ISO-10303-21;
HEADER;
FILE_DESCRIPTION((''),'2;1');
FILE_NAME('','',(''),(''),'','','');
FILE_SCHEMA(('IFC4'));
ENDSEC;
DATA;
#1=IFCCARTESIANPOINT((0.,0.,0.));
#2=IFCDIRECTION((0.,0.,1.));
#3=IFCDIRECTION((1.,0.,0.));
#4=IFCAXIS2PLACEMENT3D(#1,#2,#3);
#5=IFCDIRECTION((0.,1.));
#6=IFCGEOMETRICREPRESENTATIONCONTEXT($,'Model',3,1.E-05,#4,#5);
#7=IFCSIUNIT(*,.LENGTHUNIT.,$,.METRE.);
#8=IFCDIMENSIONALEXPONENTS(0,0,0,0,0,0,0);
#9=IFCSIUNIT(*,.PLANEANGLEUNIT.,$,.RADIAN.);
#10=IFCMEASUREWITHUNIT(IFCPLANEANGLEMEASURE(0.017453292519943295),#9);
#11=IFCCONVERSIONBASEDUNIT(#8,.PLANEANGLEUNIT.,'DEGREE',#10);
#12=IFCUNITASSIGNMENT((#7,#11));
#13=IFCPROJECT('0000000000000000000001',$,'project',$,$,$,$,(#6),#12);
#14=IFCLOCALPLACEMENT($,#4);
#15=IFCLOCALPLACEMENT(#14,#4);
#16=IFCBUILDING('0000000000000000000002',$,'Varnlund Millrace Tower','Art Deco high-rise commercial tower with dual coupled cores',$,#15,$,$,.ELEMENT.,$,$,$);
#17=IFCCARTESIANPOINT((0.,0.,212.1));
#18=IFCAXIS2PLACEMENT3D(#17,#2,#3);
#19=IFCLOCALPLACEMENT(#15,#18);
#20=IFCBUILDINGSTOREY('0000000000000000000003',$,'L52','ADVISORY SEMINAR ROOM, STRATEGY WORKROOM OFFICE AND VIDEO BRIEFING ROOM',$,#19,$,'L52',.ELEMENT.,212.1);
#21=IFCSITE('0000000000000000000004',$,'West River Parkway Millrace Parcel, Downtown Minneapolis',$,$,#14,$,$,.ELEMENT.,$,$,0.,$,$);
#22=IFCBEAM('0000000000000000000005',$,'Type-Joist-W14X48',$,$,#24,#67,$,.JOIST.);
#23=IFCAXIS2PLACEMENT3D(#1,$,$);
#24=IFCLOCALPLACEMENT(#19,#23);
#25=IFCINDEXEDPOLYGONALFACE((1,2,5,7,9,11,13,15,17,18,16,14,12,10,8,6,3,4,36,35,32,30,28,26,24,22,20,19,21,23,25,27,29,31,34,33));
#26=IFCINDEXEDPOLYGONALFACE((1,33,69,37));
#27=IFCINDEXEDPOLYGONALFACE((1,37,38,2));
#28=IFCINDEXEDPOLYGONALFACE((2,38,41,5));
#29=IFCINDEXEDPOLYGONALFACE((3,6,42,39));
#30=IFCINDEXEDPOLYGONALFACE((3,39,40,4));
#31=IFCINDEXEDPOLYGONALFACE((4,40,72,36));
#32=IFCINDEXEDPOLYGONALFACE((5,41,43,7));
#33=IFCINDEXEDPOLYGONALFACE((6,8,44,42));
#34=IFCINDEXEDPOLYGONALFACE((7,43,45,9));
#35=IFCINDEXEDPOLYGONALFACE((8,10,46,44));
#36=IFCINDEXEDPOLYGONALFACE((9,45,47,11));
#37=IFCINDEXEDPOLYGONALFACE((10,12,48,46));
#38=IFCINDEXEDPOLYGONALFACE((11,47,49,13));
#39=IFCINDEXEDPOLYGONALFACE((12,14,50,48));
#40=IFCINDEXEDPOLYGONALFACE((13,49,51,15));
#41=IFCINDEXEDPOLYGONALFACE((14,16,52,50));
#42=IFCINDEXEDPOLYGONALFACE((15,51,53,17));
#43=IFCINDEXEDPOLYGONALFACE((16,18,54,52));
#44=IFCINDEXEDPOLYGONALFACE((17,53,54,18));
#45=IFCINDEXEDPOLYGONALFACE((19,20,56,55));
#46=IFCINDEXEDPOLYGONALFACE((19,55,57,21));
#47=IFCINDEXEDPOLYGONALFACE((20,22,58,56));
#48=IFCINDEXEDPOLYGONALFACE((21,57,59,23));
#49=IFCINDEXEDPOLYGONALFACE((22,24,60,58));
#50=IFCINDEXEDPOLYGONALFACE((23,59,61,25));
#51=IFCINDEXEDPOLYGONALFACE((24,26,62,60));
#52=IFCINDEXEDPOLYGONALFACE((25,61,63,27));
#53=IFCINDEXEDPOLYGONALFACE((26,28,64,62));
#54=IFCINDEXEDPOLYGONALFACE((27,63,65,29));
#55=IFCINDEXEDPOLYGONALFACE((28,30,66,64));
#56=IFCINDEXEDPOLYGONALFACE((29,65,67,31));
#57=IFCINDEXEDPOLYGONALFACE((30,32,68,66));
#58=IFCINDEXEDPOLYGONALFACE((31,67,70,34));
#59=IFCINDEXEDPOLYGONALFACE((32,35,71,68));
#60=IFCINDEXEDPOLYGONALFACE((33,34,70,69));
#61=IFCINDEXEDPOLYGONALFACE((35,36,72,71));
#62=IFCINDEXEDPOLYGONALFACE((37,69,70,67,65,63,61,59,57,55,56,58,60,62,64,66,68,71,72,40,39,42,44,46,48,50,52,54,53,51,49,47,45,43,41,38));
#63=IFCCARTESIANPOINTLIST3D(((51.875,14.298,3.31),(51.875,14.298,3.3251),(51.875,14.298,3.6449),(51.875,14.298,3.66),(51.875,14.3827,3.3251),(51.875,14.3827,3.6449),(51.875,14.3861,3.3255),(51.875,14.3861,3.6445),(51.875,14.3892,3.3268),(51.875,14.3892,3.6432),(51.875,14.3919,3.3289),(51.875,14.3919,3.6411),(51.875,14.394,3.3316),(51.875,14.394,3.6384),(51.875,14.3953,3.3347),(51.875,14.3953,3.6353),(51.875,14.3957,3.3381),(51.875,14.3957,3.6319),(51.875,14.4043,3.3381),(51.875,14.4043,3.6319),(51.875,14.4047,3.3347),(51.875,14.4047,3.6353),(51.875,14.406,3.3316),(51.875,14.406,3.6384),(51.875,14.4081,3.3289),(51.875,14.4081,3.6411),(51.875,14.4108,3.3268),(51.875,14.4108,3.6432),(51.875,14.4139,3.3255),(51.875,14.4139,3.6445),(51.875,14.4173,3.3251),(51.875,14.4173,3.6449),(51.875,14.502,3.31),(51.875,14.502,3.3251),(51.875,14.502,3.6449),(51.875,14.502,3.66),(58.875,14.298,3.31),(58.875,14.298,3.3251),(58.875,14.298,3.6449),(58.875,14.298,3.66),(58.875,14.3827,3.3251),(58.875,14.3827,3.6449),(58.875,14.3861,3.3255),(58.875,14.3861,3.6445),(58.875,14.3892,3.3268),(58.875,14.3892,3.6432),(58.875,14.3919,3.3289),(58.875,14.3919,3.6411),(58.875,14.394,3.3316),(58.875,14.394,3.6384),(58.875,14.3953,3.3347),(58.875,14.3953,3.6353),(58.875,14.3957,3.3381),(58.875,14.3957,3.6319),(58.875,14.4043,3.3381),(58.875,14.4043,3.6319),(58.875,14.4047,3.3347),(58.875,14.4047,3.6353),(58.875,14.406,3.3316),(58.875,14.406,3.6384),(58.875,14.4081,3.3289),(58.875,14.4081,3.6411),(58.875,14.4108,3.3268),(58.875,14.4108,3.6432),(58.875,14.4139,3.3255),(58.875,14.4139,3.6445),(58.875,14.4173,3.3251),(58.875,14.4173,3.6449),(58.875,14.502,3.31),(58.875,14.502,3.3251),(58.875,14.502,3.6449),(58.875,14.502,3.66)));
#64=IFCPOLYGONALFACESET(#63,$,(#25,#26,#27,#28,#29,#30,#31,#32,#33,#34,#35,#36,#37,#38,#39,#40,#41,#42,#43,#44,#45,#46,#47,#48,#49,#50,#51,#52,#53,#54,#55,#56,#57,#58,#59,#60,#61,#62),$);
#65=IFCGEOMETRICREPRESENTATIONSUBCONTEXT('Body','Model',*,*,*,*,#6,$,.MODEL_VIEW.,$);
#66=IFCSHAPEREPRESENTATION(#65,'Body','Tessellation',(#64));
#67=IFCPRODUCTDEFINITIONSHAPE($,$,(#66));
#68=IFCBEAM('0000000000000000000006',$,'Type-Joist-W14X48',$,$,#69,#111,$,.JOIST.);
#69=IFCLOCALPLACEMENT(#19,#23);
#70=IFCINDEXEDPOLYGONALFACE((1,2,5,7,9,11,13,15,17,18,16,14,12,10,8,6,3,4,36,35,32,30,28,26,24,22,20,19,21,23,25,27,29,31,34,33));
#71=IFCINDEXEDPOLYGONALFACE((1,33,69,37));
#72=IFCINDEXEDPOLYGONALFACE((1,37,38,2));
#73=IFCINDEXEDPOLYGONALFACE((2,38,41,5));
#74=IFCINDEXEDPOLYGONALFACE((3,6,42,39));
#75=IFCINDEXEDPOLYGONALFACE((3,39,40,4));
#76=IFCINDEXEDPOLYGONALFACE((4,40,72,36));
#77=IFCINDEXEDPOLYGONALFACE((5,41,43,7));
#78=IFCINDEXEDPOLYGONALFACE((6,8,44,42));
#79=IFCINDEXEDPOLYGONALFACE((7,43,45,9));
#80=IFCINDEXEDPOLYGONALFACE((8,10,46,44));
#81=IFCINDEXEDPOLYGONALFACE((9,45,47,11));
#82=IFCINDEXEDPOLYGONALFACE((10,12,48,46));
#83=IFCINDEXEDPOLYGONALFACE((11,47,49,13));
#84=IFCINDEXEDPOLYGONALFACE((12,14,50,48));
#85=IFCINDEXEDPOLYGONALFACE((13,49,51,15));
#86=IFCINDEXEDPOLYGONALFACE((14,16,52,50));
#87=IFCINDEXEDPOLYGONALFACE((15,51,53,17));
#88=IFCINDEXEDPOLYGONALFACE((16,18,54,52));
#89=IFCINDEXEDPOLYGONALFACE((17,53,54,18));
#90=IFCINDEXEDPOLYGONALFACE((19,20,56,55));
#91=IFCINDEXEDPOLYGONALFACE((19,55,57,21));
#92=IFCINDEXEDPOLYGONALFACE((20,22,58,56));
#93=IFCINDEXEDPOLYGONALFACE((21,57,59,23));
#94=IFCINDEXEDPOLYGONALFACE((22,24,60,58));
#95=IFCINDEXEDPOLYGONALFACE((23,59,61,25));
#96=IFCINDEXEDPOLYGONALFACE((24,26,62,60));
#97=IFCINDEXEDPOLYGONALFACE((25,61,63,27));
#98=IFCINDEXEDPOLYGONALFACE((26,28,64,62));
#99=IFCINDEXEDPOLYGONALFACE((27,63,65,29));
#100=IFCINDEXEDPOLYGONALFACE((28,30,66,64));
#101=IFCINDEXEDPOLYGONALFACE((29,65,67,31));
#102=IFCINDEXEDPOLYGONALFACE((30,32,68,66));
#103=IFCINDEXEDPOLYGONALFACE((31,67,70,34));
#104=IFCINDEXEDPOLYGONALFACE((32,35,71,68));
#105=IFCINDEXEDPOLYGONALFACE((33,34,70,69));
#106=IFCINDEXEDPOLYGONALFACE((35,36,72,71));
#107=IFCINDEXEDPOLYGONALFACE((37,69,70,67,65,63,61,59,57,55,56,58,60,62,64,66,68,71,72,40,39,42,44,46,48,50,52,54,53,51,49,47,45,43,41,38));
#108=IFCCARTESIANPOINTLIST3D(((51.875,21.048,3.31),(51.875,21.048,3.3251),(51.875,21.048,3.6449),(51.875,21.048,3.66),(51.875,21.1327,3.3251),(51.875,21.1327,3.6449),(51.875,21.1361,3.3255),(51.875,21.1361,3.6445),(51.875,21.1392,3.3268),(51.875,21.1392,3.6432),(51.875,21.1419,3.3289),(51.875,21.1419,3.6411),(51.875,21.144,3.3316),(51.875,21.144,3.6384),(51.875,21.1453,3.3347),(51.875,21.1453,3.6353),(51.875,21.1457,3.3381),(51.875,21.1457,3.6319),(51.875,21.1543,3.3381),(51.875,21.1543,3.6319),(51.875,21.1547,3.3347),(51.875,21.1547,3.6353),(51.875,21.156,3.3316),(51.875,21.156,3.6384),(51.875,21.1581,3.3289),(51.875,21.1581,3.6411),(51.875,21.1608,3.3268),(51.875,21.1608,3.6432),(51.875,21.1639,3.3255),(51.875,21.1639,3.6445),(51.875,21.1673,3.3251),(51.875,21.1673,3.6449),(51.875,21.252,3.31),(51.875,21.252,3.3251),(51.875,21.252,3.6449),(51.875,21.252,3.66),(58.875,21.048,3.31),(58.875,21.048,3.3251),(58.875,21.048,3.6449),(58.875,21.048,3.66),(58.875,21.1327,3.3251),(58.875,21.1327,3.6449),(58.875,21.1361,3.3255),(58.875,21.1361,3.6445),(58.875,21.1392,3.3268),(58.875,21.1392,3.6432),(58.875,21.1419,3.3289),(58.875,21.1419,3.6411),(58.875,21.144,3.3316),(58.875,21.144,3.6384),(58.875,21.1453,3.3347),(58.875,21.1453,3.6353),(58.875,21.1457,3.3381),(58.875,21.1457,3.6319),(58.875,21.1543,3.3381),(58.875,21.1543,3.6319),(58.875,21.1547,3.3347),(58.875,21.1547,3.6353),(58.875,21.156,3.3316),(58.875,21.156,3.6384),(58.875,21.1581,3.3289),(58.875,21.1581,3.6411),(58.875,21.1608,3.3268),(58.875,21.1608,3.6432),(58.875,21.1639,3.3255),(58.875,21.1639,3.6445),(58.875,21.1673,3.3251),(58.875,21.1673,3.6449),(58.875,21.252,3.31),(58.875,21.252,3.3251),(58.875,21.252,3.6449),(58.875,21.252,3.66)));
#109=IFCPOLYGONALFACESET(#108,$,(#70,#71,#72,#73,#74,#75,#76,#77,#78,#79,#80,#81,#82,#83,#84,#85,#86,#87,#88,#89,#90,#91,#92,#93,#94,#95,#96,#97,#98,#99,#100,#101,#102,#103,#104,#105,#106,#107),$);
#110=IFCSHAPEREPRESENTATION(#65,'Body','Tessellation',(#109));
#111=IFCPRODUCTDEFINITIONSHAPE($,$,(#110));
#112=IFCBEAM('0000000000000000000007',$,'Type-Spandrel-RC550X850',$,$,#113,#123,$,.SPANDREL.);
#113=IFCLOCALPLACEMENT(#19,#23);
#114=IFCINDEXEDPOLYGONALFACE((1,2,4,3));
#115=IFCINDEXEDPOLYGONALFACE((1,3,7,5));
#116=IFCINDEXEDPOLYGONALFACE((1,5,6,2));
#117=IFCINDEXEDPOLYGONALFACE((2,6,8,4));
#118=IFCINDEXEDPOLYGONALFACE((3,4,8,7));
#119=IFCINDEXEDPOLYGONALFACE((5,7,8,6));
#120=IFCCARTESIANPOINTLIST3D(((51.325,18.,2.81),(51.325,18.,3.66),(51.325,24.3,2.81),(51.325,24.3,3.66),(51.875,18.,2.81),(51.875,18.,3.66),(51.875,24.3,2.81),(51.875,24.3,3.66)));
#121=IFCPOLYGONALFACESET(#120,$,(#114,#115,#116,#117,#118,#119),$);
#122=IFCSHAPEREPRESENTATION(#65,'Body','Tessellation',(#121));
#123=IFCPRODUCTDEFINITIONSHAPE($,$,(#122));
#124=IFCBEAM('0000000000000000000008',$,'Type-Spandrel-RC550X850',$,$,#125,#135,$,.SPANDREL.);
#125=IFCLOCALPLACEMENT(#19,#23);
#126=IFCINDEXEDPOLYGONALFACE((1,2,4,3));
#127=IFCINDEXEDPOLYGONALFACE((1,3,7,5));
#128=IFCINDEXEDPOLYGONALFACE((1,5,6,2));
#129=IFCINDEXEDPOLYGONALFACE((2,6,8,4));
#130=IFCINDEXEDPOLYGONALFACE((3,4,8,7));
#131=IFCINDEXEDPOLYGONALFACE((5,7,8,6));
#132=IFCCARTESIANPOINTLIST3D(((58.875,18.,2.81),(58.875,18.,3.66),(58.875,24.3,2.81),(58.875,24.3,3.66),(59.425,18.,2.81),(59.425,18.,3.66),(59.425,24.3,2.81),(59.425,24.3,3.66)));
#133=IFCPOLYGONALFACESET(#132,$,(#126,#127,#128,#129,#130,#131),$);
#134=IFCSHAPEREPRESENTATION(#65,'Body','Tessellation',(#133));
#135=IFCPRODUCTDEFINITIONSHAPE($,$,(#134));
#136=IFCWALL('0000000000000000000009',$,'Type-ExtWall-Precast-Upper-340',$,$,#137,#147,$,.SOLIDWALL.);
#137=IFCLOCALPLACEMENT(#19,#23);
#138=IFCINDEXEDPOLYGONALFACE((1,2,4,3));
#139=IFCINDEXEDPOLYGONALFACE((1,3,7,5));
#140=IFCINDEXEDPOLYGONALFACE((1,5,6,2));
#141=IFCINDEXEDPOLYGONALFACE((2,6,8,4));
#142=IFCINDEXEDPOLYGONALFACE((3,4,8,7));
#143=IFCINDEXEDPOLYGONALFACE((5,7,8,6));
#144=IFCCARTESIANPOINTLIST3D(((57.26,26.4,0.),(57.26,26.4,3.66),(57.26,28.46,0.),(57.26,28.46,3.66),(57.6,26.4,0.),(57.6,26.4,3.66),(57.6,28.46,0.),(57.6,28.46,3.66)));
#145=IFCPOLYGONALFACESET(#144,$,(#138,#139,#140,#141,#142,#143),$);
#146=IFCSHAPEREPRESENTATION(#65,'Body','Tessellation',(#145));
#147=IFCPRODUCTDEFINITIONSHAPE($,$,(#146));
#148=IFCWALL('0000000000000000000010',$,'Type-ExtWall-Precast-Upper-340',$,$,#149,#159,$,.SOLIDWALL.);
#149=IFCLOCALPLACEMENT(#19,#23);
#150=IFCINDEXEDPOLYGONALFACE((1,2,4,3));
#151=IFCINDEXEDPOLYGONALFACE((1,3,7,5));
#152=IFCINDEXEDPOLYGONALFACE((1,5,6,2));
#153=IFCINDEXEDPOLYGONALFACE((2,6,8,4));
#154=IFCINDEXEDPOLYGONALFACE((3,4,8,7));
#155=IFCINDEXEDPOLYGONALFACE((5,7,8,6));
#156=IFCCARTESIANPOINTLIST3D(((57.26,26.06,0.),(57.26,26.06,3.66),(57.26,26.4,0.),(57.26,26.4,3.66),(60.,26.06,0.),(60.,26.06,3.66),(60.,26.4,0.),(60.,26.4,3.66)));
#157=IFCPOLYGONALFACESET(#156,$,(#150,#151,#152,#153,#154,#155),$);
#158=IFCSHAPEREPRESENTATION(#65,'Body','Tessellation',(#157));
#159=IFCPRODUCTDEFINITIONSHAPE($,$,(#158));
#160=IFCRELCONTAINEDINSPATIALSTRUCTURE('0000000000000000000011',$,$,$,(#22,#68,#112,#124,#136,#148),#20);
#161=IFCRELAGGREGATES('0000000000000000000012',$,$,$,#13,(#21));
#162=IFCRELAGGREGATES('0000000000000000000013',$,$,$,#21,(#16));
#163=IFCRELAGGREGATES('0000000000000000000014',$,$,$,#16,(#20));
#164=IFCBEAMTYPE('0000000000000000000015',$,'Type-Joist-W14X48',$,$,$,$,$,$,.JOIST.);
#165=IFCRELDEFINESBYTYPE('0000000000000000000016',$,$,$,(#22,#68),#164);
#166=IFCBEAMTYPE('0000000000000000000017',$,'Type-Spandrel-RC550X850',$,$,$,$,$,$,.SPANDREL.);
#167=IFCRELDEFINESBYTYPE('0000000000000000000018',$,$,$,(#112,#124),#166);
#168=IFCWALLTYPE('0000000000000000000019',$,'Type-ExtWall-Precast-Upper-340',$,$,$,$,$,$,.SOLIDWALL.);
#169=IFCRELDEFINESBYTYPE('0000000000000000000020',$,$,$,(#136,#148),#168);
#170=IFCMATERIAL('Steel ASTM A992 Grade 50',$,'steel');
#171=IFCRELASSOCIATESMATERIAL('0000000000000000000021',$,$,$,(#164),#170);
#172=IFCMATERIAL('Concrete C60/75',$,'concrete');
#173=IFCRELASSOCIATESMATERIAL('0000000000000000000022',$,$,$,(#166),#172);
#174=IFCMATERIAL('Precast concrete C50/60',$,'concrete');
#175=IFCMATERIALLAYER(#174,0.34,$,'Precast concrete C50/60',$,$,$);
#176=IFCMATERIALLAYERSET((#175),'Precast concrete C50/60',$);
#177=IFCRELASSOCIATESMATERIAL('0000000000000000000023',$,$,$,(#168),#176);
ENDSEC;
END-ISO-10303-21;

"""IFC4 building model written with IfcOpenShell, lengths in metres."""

from ifc_helpers import new_model, entity, si_unit, converted_unit, direction, frame, origin_with_axes, origin_2d_with_axis, place, context, subcontext, project, spatial, polyline, rectangle, i_section, outline, extrude, material, layer, layer_set, material_profile, profile_set, type_object, element, save


model = new_model("IFC4")

# Units and contexts
model_context = context("Model", 3, precision=1e-05, world=origin_with_axes(), true_north=direction((0.0, 1.0)))
body_context = subcontext(model_context, "Body", "Model", "MODEL_VIEW")
ifc_project = project(units=[si_unit("LENGTHUNIT", "METRE"), converted_unit("PLANEANGLEUNIT", "DEGREE", entity("IfcPlaneAngleMeasure", 0.017453292519943295), si_unit("PLANEANGLEUNIT", "RADIAN"), dimensions=[0, 0, 0, 0, 0, 0, 0])], contexts=[model_context])

# Site, building, storey
site_placement = place(None, origin_with_axes())
site = spatial("IfcSite", under=ifc_project, at=site_placement, Name="West River Parkway Millrace Parcel, Downtown Minneapolis", CompositionType="ELEMENT", RefElevation=0.0)
building_placement = place(site_placement, origin_with_axes())
building = spatial("IfcBuilding", under=site, at=building_placement, Name="Varnlund Millrace Tower", Description="Art Deco high-rise commercial tower with dual coupled cores", CompositionType="ELEMENT")
storey_placement = place(building_placement, frame((0.0, 0.0, 212.1), z_axis=(0.0, 0.0, 1.0), x_axis=(1.0, 0.0, 0.0)))
storey = spatial("IfcBuildingStorey", under=building, at=storey_placement, Name="L52", Description="ADVISORY SEMINAR ROOM, STRATEGY WORKROOM OFFICE AND VIDEO BRIEFING ROOM", LongName="L52", CompositionType="ELEMENT", Elevation=212.1)

# Beams
ifc_material_1 = material(Name="Steel ASTM A992 Grade 50", Category="steel")
ifc_material_profile_1 = material_profile(ifc_material_1, i_section(OverallWidth=0.204, OverallDepth=0.35, WebThickness=0.0086, FlangeThickness=0.0151, FilletRadius=0.013, at=origin_2d_with_axis()), Name="Steel ASTM A992 Grade 50")
ifc_profile_set_1 = profile_set([ifc_material_profile_1], Name="Steel ASTM A992 Grade 50")
beam_type_1 = type_object("IfcBeamType", Name="Type-Joist-W14X48", PredefinedType="JOIST", material=ifc_profile_set_1)
for number, where, z_axis, x_axis, name in (
    (1, (51.875, 14.4, 3.485), (1.0, 0.0, 0.0), (0.0, 1.0, 0.0), "Type-Joist-W14X48"),
    (2, (51.875, 21.15, 3.485), (1.0, 0.0, 0.0), (0.0, 1.0, 0.0), "Type-Joist-W14X48"),
):
    element("IfcBeam", number, at=place(storey_placement, frame(where, z_axis=z_axis, x_axis=x_axis)), inside=storey, type_object=beam_type_1, Name=name, PredefinedType="JOIST", context=body_context, shape_type="SweptSolid", body=[
        extrude(i_section(OverallWidth=0.204, OverallDepth=0.35, WebThickness=0.0086, FlangeThickness=0.0151, FilletRadius=0.013, at=origin_2d_with_axis()), origin_with_axes(), (0.0, 0.0, 1.0), 7.0),
    ])
ifc_material_2 = material(Name="Concrete C60/75", Category="concrete")
ifc_material_profile_2 = material_profile(ifc_material_2, rectangle(XDim=0.55, YDim=0.85, at=origin_2d_with_axis()), Name="Concrete C60/75")
ifc_profile_set_2 = profile_set([ifc_material_profile_2], Name="Concrete C60/75")
beam_type_2 = type_object("IfcBeamType", Name="Type-Spandrel-RC550X850", PredefinedType="SPANDREL", material=ifc_profile_set_2)
for number, where, z_axis, x_axis, name in (
    (3, (51.6, 18.0, 3.235), (0.0, 1.0, 0.0), (-1.0, 0.0, 0.0), "Type-Spandrel-RC550X850"),
    (4, (59.15, 18.0, 3.235), (0.0, 1.0, 0.0), (-1.0, 0.0, 0.0), "Type-Spandrel-RC550X850"),
):
    element("IfcBeam", number, at=place(storey_placement, frame(where, z_axis=z_axis, x_axis=x_axis)), inside=storey, type_object=beam_type_2, Name=name, PredefinedType="SPANDREL", context=body_context, shape_type="SweptSolid", body=[
        extrude(rectangle(XDim=0.55, YDim=0.85, at=origin_2d_with_axis()), origin_with_axes(), (0.0, 0.0, 1.0), 6.3),
    ])

# Walls
ifc_material_3 = material(Name="Precast concrete C50/60", Category="concrete")
ifc_layer_1 = layer(ifc_material_3, 0.34, Name="Precast concrete C50/60")
ifc_layer_set_1 = layer_set([ifc_layer_1], Name="Precast concrete C50/60")
wall_type_1 = type_object("IfcWallType", Name="Type-ExtWall-Precast-Upper-340", PredefinedType="SOLIDWALL", material=ifc_layer_set_1)
wall_1_placement = place(storey_placement, frame((57.43, 28.46, 0.0), z_axis=(0.0, 0.0, 1.0), x_axis=(0.0, -1.0, 0.0)))
element("IfcWall", 5, at=wall_1_placement, inside=storey, type_object=wall_type_1, Name="Type-ExtWall-Precast-Upper-340", PredefinedType="SOLIDWALL", context=body_context, shape_type="SweptSolid", body=[
    extrude(outline(polyline([(0.0, -0.17), (2.06, -0.17), (2.06, 0.17), (0.0, 0.17), (0.0, -0.17)])), origin_with_axes(), (0.0, 0.0, 1.0), 3.66),
])
wall_2_placement = place(storey_placement, frame((57.26, 26.23, 0.0), z_axis=(0.0, 0.0, 1.0), x_axis=(1.0, 0.0, 0.0)))
element("IfcWall", 6, at=wall_2_placement, inside=storey, type_object=wall_type_1, Name="Type-ExtWall-Precast-Upper-340", PredefinedType="SOLIDWALL", context=body_context, shape_type="SweptSolid", body=[
    extrude(outline(polyline([(0.0, -0.17), (2.74, -0.17), (2.74, 0.17), (0.0, 0.17), (0.0, -0.17)])), origin_with_axes(), (0.0, 0.0, 1.0), 3.66),
])

save(model, "model.ifc")
